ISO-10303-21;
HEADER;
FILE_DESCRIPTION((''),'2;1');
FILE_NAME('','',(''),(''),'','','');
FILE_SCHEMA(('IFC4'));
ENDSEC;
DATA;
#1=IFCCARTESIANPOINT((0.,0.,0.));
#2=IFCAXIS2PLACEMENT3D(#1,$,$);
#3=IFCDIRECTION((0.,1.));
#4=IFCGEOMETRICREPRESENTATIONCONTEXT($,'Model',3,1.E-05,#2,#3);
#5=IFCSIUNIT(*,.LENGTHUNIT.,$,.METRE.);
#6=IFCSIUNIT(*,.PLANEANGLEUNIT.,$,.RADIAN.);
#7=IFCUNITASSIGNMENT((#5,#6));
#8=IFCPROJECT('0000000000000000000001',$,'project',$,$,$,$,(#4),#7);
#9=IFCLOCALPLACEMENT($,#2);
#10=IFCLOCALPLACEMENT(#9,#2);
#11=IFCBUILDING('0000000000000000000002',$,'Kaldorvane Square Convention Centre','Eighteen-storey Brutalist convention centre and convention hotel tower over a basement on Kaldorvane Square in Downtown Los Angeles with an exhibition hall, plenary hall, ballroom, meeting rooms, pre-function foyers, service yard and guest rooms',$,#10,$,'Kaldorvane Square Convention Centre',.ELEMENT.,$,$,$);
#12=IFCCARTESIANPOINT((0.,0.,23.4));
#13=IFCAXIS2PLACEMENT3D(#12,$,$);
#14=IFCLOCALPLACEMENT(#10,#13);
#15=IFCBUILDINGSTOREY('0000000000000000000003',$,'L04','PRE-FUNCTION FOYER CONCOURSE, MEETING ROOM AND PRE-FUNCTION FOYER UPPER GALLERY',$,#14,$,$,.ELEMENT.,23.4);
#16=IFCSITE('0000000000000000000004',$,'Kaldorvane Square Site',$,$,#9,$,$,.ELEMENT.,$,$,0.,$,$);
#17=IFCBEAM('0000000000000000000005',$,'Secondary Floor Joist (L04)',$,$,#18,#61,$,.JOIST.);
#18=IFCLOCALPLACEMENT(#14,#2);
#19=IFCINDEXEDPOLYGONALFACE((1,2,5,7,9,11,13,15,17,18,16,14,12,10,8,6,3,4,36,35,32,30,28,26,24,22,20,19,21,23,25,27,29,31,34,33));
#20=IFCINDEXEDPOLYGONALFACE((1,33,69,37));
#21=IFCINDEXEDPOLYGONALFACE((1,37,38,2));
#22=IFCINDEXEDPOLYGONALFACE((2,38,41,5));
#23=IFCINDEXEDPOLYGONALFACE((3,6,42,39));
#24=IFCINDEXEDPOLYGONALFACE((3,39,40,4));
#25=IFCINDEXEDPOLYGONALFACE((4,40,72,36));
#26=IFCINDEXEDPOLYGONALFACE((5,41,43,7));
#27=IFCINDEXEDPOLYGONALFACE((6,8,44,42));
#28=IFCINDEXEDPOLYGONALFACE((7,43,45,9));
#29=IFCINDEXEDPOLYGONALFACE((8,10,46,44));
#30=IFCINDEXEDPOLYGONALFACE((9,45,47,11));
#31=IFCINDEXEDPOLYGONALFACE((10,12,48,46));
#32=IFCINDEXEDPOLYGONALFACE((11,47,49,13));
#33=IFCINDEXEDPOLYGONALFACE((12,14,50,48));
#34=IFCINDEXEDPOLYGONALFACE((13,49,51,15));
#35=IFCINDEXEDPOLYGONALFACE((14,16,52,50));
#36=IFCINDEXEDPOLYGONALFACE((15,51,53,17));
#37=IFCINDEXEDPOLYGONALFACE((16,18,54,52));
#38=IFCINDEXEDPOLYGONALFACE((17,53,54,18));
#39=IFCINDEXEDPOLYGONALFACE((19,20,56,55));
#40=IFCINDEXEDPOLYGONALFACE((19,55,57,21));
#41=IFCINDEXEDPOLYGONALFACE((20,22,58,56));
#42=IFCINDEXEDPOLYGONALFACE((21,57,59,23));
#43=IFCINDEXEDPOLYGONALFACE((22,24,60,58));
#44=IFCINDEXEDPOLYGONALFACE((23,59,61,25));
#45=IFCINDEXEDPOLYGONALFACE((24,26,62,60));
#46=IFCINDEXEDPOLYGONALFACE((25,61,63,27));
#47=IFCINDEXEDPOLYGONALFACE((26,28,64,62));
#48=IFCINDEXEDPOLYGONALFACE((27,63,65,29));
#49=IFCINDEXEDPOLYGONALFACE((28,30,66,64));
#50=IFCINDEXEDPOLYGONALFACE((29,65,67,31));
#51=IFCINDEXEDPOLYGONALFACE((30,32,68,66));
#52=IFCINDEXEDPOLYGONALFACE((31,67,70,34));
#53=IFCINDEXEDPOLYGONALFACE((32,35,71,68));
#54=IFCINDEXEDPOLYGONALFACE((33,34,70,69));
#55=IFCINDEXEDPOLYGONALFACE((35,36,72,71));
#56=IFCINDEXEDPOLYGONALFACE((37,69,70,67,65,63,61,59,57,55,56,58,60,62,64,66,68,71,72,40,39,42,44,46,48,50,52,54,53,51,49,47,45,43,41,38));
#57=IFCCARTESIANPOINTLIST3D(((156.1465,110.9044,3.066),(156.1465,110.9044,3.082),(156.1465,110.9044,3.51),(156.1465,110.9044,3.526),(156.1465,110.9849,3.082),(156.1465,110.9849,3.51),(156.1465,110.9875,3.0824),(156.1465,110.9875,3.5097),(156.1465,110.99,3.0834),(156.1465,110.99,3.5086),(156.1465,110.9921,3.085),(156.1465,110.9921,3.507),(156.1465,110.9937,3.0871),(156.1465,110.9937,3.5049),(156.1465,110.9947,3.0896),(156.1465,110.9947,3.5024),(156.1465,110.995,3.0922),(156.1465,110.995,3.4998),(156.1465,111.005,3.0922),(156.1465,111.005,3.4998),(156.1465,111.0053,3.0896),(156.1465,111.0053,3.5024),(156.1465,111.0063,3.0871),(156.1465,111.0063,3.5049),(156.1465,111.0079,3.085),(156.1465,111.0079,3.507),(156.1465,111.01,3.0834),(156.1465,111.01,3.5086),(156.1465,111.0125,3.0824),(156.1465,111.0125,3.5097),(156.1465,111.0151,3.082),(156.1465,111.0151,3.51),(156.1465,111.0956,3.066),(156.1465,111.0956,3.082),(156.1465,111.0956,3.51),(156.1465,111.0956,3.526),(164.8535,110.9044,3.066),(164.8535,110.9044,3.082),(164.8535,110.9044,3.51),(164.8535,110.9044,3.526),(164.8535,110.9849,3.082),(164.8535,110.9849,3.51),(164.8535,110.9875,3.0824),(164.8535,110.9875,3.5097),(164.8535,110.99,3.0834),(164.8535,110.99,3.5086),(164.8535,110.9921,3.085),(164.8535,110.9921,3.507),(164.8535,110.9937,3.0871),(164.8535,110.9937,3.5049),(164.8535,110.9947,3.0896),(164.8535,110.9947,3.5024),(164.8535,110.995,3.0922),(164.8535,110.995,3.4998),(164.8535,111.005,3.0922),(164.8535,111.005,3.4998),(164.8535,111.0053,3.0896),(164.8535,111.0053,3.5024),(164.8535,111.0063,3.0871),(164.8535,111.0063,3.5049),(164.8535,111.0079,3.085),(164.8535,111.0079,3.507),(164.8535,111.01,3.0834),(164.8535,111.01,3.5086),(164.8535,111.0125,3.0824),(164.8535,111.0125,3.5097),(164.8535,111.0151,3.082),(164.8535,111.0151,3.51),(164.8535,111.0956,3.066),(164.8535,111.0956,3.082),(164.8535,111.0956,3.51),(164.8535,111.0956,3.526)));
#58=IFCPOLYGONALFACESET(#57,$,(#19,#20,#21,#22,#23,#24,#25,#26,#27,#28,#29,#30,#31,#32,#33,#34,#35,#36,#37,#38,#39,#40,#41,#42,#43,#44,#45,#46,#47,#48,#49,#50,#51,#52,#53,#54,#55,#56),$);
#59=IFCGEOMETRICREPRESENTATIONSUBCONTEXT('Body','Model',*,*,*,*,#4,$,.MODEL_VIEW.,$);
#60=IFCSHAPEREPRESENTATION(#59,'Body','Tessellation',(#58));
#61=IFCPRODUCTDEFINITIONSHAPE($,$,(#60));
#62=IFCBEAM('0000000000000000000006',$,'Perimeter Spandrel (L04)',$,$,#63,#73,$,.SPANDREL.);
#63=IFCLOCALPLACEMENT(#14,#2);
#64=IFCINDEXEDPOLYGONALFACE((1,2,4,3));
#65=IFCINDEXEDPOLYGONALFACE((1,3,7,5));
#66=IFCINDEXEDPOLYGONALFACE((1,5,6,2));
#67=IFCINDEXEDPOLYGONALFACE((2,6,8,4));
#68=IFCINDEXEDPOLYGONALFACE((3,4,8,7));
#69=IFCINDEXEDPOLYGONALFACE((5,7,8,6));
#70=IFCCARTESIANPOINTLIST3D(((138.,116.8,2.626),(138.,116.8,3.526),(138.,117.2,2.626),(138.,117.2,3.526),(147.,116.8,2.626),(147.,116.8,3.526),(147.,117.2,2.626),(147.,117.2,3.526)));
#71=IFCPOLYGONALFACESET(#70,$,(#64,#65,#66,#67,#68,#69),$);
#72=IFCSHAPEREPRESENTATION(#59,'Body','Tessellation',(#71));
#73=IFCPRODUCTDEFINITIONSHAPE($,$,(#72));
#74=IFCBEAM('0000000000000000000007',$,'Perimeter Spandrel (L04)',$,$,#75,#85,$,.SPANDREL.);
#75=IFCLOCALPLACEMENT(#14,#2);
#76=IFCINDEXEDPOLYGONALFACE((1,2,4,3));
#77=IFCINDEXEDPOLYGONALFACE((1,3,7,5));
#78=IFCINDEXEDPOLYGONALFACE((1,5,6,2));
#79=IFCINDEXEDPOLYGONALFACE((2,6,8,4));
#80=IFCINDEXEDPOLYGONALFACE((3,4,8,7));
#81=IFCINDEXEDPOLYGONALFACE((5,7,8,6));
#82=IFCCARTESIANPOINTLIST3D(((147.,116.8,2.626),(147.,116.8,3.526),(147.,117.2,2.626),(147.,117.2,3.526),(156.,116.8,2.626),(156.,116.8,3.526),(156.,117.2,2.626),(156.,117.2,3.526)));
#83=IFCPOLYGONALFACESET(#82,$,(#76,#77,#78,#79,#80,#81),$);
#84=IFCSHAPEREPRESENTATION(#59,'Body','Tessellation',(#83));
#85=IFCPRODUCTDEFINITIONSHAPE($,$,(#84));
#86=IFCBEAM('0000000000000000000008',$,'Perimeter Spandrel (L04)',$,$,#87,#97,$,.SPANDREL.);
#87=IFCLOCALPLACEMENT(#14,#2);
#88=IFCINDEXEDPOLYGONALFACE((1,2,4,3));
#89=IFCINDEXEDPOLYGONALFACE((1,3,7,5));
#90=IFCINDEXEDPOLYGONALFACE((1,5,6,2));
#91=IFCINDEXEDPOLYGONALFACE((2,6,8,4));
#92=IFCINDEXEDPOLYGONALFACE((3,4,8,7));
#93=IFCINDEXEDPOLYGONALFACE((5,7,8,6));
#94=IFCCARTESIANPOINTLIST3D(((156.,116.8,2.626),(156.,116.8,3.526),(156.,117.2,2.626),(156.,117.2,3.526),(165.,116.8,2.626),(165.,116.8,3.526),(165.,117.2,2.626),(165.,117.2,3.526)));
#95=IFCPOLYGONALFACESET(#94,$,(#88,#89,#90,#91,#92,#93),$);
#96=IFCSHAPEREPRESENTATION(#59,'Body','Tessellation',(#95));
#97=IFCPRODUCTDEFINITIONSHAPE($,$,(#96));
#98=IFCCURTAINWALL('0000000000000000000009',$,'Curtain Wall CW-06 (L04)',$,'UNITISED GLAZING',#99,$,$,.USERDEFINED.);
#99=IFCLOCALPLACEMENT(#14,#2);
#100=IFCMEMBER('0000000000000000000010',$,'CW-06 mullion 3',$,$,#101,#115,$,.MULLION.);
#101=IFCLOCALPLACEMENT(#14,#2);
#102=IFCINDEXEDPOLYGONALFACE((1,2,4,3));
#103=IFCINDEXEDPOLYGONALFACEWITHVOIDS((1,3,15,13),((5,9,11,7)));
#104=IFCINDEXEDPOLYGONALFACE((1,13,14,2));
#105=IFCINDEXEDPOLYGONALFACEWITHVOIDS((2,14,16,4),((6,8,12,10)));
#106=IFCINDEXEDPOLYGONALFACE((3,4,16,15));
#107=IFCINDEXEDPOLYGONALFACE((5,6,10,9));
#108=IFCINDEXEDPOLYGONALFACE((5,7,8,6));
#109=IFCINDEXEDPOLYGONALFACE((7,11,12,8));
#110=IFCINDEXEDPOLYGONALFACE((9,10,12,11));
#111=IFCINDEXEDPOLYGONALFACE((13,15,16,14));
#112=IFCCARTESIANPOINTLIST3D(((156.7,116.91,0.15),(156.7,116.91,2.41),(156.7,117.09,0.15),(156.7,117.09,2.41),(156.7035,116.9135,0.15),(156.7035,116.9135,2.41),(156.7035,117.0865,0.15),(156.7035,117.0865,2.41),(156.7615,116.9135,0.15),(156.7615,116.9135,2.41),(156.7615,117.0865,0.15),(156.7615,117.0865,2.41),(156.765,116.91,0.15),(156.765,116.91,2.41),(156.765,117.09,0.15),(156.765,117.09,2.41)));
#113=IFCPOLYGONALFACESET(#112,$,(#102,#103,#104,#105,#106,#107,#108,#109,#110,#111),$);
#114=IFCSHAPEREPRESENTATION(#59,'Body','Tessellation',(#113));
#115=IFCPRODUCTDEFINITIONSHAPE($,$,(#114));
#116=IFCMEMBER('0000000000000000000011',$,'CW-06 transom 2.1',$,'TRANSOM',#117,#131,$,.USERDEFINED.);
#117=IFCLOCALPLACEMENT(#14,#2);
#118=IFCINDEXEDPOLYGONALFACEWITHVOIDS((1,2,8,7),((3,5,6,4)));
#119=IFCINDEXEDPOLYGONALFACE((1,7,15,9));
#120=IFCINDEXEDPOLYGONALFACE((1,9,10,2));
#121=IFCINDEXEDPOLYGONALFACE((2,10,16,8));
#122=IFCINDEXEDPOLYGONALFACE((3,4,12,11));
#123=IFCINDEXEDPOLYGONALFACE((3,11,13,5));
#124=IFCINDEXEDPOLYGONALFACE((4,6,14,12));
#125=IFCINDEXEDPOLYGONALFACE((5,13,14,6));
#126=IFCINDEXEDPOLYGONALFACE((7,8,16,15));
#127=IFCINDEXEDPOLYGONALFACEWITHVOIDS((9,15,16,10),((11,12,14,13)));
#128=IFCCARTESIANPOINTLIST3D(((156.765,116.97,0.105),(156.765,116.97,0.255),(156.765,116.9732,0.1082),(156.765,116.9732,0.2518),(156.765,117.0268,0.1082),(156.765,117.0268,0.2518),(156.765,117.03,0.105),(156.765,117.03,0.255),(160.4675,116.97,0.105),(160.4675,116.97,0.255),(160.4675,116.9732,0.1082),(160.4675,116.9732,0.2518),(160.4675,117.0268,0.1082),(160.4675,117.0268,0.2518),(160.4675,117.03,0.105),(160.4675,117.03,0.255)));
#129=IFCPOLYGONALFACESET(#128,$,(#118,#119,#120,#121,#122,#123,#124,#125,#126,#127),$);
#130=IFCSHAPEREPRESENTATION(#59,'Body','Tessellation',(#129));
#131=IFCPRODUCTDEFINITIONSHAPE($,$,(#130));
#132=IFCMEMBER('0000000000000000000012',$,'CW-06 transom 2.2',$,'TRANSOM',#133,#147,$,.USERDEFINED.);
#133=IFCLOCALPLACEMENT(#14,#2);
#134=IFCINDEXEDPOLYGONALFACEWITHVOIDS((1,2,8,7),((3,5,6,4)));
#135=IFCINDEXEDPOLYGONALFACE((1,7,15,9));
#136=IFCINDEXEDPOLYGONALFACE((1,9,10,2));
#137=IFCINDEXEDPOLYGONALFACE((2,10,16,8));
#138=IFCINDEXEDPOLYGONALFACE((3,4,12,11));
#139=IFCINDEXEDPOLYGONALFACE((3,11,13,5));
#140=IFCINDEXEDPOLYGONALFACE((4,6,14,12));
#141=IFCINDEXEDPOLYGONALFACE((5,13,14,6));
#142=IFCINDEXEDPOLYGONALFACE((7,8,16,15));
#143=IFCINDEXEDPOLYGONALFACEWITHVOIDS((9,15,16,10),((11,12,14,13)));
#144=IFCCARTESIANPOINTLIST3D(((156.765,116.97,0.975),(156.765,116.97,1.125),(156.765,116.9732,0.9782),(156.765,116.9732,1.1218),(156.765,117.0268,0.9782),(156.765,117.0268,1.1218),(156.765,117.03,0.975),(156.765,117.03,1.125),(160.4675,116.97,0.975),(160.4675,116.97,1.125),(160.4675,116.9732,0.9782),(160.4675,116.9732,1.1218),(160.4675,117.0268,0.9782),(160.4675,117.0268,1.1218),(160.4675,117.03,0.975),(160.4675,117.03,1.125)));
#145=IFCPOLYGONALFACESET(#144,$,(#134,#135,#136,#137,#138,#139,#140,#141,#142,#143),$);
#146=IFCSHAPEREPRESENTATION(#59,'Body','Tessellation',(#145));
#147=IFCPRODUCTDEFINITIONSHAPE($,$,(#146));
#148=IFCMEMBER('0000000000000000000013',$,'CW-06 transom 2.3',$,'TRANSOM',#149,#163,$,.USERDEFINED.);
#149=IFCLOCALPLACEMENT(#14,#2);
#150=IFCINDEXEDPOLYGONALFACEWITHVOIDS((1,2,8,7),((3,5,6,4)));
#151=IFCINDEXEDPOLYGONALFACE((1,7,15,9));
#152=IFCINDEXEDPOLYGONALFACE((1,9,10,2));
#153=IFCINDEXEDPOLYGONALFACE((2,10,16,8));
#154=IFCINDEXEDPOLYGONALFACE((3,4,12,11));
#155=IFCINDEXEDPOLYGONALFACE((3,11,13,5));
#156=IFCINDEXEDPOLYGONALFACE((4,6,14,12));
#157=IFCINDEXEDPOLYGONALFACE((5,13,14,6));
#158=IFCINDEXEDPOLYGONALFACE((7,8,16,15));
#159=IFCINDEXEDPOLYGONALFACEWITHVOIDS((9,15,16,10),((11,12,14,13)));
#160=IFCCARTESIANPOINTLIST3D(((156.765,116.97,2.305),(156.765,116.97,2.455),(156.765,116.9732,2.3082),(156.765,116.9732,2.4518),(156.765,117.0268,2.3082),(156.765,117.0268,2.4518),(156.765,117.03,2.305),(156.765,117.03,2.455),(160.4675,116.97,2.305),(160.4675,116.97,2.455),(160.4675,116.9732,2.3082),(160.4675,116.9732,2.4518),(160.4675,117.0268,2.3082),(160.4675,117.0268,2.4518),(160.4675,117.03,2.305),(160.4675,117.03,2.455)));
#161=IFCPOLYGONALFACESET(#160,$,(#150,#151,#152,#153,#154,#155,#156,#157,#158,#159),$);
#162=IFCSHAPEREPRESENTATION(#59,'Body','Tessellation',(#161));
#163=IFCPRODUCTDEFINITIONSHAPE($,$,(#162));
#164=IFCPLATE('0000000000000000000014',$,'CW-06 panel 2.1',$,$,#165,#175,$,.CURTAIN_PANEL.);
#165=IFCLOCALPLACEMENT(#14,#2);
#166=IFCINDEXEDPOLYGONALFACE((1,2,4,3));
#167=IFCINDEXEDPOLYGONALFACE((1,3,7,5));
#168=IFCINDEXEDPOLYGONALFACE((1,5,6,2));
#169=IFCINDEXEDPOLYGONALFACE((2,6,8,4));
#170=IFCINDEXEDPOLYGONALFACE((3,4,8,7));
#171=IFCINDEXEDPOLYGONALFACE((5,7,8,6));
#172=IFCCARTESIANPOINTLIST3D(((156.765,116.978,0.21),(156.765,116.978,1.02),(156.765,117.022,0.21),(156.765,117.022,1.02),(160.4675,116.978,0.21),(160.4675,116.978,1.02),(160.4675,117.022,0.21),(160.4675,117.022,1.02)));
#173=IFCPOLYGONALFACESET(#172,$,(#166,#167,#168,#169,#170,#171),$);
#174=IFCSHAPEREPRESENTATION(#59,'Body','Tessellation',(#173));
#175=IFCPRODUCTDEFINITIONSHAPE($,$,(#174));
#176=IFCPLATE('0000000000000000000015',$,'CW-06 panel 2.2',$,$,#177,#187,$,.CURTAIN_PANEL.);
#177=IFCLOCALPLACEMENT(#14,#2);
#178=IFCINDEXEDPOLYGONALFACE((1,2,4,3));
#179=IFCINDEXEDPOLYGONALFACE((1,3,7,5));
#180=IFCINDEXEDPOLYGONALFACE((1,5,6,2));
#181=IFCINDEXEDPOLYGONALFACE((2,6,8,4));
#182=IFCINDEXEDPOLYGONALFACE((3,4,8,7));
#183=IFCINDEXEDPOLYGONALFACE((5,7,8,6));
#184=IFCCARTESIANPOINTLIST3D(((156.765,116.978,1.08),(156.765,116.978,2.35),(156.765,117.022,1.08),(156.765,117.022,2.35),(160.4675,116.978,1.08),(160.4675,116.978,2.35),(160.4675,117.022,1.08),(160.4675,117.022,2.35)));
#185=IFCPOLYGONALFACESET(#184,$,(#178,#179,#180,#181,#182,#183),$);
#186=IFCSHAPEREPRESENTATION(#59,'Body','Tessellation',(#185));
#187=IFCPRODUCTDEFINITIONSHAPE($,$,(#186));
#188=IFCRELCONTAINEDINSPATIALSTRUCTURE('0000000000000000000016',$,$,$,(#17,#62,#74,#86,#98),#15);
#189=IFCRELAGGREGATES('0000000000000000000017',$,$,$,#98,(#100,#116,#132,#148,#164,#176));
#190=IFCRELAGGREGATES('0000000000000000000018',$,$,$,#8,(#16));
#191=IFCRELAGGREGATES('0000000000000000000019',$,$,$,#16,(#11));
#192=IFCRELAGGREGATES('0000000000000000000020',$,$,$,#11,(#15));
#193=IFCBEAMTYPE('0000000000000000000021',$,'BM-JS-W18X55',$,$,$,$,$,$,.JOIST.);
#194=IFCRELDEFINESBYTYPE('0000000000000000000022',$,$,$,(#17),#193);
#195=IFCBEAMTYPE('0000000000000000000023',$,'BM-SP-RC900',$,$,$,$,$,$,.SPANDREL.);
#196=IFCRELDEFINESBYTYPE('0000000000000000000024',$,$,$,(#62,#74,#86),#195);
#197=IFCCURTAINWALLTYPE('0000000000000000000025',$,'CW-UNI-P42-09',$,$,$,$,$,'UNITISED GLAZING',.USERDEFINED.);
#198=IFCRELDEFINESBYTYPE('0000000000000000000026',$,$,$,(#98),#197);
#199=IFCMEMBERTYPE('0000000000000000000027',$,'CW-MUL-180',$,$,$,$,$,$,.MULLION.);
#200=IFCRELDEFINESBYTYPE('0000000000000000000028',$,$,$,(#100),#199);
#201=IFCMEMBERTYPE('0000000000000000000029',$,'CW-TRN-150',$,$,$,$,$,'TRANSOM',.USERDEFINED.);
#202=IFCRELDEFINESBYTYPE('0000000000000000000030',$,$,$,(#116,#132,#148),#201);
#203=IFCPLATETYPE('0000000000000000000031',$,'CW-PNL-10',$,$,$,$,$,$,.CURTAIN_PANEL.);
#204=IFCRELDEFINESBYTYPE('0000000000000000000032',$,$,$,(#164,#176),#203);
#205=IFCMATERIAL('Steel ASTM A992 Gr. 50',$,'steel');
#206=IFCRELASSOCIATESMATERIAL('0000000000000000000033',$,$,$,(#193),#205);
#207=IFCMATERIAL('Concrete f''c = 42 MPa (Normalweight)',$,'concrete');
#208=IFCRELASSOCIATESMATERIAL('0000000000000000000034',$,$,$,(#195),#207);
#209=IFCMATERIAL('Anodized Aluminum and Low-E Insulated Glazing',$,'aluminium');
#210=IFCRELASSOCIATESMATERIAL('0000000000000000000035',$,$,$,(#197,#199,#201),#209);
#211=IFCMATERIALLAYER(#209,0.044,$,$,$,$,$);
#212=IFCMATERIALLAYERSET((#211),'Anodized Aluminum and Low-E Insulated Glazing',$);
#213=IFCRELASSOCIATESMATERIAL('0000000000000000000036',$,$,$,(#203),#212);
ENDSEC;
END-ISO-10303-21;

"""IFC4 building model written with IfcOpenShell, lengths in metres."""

from ifc_helpers import new_model, si_unit, direction, frame, origin, origin_2d, place, context, subcontext, project, spatial, rectangle, hollow_rectangle, i_section, extrude, material, layer, layer_set, material_profile, profile_set, type_object, element, aggregate, save


model = new_model("IFC4")

# Units and contexts
model_context = context("Model", 3, precision=1e-05, world=origin(), true_north=direction((0.0, 1.0)))
body_context = subcontext(model_context, "Body", "Model", "MODEL_VIEW")
ifc_project = project(units=[si_unit("LENGTHUNIT", "METRE"), si_unit("PLANEANGLEUNIT", "RADIAN")], contexts=[model_context])

# Site, building, storey
site_placement = place(None, origin())
site = spatial("IfcSite", under=ifc_project, at=site_placement, Name="Kaldorvane Square Site", CompositionType="ELEMENT", RefElevation=0.0)
building_placement = place(site_placement, origin())
building = spatial("IfcBuilding", under=site, at=building_placement, Name="Kaldorvane Square Convention Centre", Description="Eighteen-storey Brutalist convention centre and convention hotel tower over a basement on Kaldorvane Square in Downtown Los Angeles with an exhibition hall, plenary hall, ballroom, meeting rooms, pre-function foyers, service yard and guest rooms", LongName="Kaldorvane Square Convention Centre", CompositionType="ELEMENT")
storey_placement = place(building_placement, frame((0.0, 0.0, 23.4)))
storey = spatial("IfcBuildingStorey", under=building, at=storey_placement, Name="L04", Description="PRE-FUNCTION FOYER CONCOURSE, MEETING ROOM AND PRE-FUNCTION FOYER UPPER GALLERY", CompositionType="ELEMENT", Elevation=23.4)

# Shared definitions
ifc_material_1 = material(Name="Steel ASTM A992 Gr. 50", Category="steel")

# Beams
ifc_material_profile_1 = material_profile(ifc_material_1, i_section(OverallWidth=0.1913, OverallDepth=0.46, WebThickness=0.0099, FlangeThickness=0.016, FilletRadius=0.0102, at=origin_2d()), Name="W18X55")
ifc_profile_set_1 = profile_set([ifc_material_profile_1], Name="Steel ASTM A992 Gr. 50")
beam_type_1 = type_object("IfcBeamType", Name="BM-JS-W18X55", PredefinedType="JOIST", material=ifc_profile_set_1)
for number, where, z_axis, x_axis, name in (
    (1, (156.1465, 111.0, 3.296), (1.0, 0.0, 0.0), (0.0, 1.0, 0.0), "Secondary Floor Joist (L04)"),
):
    element("IfcBeam", number, at=place(storey_placement, frame(where, z_axis=z_axis, x_axis=x_axis)), inside=storey, type_object=beam_type_1, Name=name, PredefinedType="JOIST", context=body_context, shape_type="SweptSolid", body=[
        extrude(i_section(OverallWidth=0.1913, OverallDepth=0.46, WebThickness=0.0099, FlangeThickness=0.016, FilletRadius=0.0102, at=origin_2d()), origin(), (0.0, 0.0, 1.0), 8.707),
    ])
ifc_material_2 = material(Name="Concrete f'c = 42 MPa (Normalweight)", Category="concrete")
ifc_material_profile_2 = material_profile(ifc_material_2, rectangle(XDim=0.4, YDim=0.9, at=origin_2d()), Name="RCSP900X400")
ifc_profile_set_2 = profile_set([ifc_material_profile_2], Name="Concrete f'c = 42 MPa (Normalweight)")
beam_type_2 = type_object("IfcBeamType", Name="BM-SP-RC900", PredefinedType="SPANDREL", material=ifc_profile_set_2)
for number, where, z_axis, x_axis, name in (
    (2, (138.0, 117.0, 3.076), (1.0, 0.0, 0.0), (0.0, 1.0, 0.0), "Perimeter Spandrel (L04)"),
    (3, (147.0, 117.0, 3.076), (1.0, 0.0, 0.0), (0.0, 1.0, 0.0), "Perimeter Spandrel (L04)"),
    (4, (156.0, 117.0, 3.076), (1.0, 0.0, 0.0), (0.0, 1.0, 0.0), "Perimeter Spandrel (L04)"),
):
    element("IfcBeam", number, at=place(storey_placement, frame(where, z_axis=z_axis, x_axis=x_axis)), inside=storey, type_object=beam_type_2, Name=name, PredefinedType="SPANDREL", context=body_context, shape_type="SweptSolid", body=[
        extrude(rectangle(XDim=0.4, YDim=0.9, at=origin_2d()), origin(), (0.0, 0.0, 1.0), 9.0),
    ])

# Curtain wall, members, plates
ifc_material_3 = material(Name="Anodized Aluminum and Low-E Insulated Glazing", Category="aluminium")
curtain_wall_type = type_object("IfcCurtainWallType", Name="CW-UNI-P42-09", ElementType="UNITISED GLAZING", PredefinedType="USERDEFINED", material=ifc_material_3)
curtain_wall_placement = place(storey_placement, origin())
curtain_wall = element("IfcCurtainWall", 5, at=curtain_wall_placement, inside=storey, type_object=curtain_wall_type, Name="Curtain Wall CW-06 (L04)", ObjectType="UNITISED GLAZING", PredefinedType="USERDEFINED")
ifc_material_profile_3 = material_profile(ifc_material_3, hollow_rectangle(XDim=0.065, YDim=0.18, WallThickness=0.0035, at=origin_2d()), Name="CWM-180X65")
ifc_profile_set_3 = profile_set([ifc_material_profile_3], Name="Anodized Aluminum and Low-E Insulated Glazing")
member_type_1 = type_object("IfcMemberType", Name="CW-MUL-180", PredefinedType="MULLION", material=ifc_profile_set_3)
member_1_placement = place(storey_placement, frame((156.7325, 117.0, 0.15), z_axis=(0.0, 0.0, 1.0), x_axis=(-1.0, 0.0, 0.0)))
member_1 = element("IfcMember", 6, at=member_1_placement, type_object=member_type_1, Name="CW-06 mullion 3", PredefinedType="MULLION", context=body_context, shape_type="SweptSolid", body=[
    extrude(hollow_rectangle(XDim=0.065, YDim=0.18, WallThickness=0.0035, at=origin_2d()), origin(), (0.0, 0.0, 1.0), 2.26),
])
ifc_material_profile_4 = material_profile(ifc_material_3, hollow_rectangle(XDim=0.06, YDim=0.15, WallThickness=0.0032, at=origin_2d()), Name="CWT-150X60")
ifc_profile_set_4 = profile_set([ifc_material_profile_4], Name="Anodized Aluminum and Low-E Insulated Glazing")
member_type_2 = type_object("IfcMemberType", Name="CW-TRN-150", ElementType="TRANSOM", PredefinedType="USERDEFINED", material=ifc_profile_set_4)
member_2_placement = place(storey_placement, frame((160.4675, 117.0, 0.18), z_axis=(-1.0, 0.0, 0.0), x_axis=(0.0, -1.0, 0.0)))
member_2 = element("IfcMember", 7, at=member_2_placement, type_object=member_type_2, Name="CW-06 transom 2.1", ObjectType="TRANSOM", PredefinedType="USERDEFINED", context=body_context, shape_type="SweptSolid", body=[
    extrude(hollow_rectangle(XDim=0.06, YDim=0.15, WallThickness=0.0032, at=origin_2d()), origin(), (0.0, 0.0, 1.0), 3.7025),
])
member_3_placement = place(storey_placement, frame((160.4675, 117.0, 1.05), z_axis=(-1.0, 0.0, 0.0), x_axis=(0.0, -1.0, 0.0)))
member_3 = element("IfcMember", 8, at=member_3_placement, type_object=member_type_2, Name="CW-06 transom 2.2", ObjectType="TRANSOM", PredefinedType="USERDEFINED", context=body_context, shape_type="SweptSolid", body=[
    extrude(hollow_rectangle(XDim=0.06, YDim=0.15, WallThickness=0.0032, at=origin_2d()), origin(), (0.0, 0.0, 1.0), 3.7025),
])
member_4_placement = place(storey_placement, frame((160.4675, 117.0, 2.38), z_axis=(-1.0, 0.0, 0.0), x_axis=(0.0, -1.0, 0.0)))
member_4 = element("IfcMember", 9, at=member_4_placement, type_object=member_type_2, Name="CW-06 transom 2.3", ObjectType="TRANSOM", PredefinedType="USERDEFINED", context=body_context, shape_type="SweptSolid", body=[
    extrude(hollow_rectangle(XDim=0.06, YDim=0.15, WallThickness=0.0032, at=origin_2d()), origin(), (0.0, 0.0, 1.0), 3.7025),
])
ifc_layer_1 = layer(ifc_material_3, 0.044)
ifc_layer_set_1 = layer_set([ifc_layer_1], Name="Anodized Aluminum and Low-E Insulated Glazing")
plate_type = type_object("IfcPlateType", Name="CW-PNL-10", PredefinedType="CURTAIN_PANEL", material=ifc_layer_set_1)
plate_1_placement = place(storey_placement, frame((158.6163, 117.0, 0.21), z_axis=(0.0, 0.0, 1.0), x_axis=(-1.0, 0.0, 0.0)))
plate_1 = element("IfcPlate", 10, at=plate_1_placement, type_object=plate_type, Name="CW-06 panel 2.1", PredefinedType="CURTAIN_PANEL", context=body_context, shape_type="SweptSolid", body=[
    extrude(rectangle(XDim=3.7025, YDim=0.044, at=origin_2d()), origin(), (0.0, 0.0, 1.0), 0.81),
])
plate_2_placement = place(storey_placement, frame((158.6163, 117.0, 1.08), z_axis=(0.0, 0.0, 1.0), x_axis=(-1.0, 0.0, 0.0)))
plate_2 = element("IfcPlate", 11, at=plate_2_placement, type_object=plate_type, Name="CW-06 panel 2.2", PredefinedType="CURTAIN_PANEL", context=body_context, shape_type="SweptSolid", body=[
    extrude(rectangle(XDim=3.7025, YDim=0.044, at=origin_2d()), origin(), (0.0, 0.0, 1.0), 1.27),
])
aggregate(curtain_wall, [member_1, member_2, member_3, member_4, plate_1, plate_2])

save(model, "model.ifc")
